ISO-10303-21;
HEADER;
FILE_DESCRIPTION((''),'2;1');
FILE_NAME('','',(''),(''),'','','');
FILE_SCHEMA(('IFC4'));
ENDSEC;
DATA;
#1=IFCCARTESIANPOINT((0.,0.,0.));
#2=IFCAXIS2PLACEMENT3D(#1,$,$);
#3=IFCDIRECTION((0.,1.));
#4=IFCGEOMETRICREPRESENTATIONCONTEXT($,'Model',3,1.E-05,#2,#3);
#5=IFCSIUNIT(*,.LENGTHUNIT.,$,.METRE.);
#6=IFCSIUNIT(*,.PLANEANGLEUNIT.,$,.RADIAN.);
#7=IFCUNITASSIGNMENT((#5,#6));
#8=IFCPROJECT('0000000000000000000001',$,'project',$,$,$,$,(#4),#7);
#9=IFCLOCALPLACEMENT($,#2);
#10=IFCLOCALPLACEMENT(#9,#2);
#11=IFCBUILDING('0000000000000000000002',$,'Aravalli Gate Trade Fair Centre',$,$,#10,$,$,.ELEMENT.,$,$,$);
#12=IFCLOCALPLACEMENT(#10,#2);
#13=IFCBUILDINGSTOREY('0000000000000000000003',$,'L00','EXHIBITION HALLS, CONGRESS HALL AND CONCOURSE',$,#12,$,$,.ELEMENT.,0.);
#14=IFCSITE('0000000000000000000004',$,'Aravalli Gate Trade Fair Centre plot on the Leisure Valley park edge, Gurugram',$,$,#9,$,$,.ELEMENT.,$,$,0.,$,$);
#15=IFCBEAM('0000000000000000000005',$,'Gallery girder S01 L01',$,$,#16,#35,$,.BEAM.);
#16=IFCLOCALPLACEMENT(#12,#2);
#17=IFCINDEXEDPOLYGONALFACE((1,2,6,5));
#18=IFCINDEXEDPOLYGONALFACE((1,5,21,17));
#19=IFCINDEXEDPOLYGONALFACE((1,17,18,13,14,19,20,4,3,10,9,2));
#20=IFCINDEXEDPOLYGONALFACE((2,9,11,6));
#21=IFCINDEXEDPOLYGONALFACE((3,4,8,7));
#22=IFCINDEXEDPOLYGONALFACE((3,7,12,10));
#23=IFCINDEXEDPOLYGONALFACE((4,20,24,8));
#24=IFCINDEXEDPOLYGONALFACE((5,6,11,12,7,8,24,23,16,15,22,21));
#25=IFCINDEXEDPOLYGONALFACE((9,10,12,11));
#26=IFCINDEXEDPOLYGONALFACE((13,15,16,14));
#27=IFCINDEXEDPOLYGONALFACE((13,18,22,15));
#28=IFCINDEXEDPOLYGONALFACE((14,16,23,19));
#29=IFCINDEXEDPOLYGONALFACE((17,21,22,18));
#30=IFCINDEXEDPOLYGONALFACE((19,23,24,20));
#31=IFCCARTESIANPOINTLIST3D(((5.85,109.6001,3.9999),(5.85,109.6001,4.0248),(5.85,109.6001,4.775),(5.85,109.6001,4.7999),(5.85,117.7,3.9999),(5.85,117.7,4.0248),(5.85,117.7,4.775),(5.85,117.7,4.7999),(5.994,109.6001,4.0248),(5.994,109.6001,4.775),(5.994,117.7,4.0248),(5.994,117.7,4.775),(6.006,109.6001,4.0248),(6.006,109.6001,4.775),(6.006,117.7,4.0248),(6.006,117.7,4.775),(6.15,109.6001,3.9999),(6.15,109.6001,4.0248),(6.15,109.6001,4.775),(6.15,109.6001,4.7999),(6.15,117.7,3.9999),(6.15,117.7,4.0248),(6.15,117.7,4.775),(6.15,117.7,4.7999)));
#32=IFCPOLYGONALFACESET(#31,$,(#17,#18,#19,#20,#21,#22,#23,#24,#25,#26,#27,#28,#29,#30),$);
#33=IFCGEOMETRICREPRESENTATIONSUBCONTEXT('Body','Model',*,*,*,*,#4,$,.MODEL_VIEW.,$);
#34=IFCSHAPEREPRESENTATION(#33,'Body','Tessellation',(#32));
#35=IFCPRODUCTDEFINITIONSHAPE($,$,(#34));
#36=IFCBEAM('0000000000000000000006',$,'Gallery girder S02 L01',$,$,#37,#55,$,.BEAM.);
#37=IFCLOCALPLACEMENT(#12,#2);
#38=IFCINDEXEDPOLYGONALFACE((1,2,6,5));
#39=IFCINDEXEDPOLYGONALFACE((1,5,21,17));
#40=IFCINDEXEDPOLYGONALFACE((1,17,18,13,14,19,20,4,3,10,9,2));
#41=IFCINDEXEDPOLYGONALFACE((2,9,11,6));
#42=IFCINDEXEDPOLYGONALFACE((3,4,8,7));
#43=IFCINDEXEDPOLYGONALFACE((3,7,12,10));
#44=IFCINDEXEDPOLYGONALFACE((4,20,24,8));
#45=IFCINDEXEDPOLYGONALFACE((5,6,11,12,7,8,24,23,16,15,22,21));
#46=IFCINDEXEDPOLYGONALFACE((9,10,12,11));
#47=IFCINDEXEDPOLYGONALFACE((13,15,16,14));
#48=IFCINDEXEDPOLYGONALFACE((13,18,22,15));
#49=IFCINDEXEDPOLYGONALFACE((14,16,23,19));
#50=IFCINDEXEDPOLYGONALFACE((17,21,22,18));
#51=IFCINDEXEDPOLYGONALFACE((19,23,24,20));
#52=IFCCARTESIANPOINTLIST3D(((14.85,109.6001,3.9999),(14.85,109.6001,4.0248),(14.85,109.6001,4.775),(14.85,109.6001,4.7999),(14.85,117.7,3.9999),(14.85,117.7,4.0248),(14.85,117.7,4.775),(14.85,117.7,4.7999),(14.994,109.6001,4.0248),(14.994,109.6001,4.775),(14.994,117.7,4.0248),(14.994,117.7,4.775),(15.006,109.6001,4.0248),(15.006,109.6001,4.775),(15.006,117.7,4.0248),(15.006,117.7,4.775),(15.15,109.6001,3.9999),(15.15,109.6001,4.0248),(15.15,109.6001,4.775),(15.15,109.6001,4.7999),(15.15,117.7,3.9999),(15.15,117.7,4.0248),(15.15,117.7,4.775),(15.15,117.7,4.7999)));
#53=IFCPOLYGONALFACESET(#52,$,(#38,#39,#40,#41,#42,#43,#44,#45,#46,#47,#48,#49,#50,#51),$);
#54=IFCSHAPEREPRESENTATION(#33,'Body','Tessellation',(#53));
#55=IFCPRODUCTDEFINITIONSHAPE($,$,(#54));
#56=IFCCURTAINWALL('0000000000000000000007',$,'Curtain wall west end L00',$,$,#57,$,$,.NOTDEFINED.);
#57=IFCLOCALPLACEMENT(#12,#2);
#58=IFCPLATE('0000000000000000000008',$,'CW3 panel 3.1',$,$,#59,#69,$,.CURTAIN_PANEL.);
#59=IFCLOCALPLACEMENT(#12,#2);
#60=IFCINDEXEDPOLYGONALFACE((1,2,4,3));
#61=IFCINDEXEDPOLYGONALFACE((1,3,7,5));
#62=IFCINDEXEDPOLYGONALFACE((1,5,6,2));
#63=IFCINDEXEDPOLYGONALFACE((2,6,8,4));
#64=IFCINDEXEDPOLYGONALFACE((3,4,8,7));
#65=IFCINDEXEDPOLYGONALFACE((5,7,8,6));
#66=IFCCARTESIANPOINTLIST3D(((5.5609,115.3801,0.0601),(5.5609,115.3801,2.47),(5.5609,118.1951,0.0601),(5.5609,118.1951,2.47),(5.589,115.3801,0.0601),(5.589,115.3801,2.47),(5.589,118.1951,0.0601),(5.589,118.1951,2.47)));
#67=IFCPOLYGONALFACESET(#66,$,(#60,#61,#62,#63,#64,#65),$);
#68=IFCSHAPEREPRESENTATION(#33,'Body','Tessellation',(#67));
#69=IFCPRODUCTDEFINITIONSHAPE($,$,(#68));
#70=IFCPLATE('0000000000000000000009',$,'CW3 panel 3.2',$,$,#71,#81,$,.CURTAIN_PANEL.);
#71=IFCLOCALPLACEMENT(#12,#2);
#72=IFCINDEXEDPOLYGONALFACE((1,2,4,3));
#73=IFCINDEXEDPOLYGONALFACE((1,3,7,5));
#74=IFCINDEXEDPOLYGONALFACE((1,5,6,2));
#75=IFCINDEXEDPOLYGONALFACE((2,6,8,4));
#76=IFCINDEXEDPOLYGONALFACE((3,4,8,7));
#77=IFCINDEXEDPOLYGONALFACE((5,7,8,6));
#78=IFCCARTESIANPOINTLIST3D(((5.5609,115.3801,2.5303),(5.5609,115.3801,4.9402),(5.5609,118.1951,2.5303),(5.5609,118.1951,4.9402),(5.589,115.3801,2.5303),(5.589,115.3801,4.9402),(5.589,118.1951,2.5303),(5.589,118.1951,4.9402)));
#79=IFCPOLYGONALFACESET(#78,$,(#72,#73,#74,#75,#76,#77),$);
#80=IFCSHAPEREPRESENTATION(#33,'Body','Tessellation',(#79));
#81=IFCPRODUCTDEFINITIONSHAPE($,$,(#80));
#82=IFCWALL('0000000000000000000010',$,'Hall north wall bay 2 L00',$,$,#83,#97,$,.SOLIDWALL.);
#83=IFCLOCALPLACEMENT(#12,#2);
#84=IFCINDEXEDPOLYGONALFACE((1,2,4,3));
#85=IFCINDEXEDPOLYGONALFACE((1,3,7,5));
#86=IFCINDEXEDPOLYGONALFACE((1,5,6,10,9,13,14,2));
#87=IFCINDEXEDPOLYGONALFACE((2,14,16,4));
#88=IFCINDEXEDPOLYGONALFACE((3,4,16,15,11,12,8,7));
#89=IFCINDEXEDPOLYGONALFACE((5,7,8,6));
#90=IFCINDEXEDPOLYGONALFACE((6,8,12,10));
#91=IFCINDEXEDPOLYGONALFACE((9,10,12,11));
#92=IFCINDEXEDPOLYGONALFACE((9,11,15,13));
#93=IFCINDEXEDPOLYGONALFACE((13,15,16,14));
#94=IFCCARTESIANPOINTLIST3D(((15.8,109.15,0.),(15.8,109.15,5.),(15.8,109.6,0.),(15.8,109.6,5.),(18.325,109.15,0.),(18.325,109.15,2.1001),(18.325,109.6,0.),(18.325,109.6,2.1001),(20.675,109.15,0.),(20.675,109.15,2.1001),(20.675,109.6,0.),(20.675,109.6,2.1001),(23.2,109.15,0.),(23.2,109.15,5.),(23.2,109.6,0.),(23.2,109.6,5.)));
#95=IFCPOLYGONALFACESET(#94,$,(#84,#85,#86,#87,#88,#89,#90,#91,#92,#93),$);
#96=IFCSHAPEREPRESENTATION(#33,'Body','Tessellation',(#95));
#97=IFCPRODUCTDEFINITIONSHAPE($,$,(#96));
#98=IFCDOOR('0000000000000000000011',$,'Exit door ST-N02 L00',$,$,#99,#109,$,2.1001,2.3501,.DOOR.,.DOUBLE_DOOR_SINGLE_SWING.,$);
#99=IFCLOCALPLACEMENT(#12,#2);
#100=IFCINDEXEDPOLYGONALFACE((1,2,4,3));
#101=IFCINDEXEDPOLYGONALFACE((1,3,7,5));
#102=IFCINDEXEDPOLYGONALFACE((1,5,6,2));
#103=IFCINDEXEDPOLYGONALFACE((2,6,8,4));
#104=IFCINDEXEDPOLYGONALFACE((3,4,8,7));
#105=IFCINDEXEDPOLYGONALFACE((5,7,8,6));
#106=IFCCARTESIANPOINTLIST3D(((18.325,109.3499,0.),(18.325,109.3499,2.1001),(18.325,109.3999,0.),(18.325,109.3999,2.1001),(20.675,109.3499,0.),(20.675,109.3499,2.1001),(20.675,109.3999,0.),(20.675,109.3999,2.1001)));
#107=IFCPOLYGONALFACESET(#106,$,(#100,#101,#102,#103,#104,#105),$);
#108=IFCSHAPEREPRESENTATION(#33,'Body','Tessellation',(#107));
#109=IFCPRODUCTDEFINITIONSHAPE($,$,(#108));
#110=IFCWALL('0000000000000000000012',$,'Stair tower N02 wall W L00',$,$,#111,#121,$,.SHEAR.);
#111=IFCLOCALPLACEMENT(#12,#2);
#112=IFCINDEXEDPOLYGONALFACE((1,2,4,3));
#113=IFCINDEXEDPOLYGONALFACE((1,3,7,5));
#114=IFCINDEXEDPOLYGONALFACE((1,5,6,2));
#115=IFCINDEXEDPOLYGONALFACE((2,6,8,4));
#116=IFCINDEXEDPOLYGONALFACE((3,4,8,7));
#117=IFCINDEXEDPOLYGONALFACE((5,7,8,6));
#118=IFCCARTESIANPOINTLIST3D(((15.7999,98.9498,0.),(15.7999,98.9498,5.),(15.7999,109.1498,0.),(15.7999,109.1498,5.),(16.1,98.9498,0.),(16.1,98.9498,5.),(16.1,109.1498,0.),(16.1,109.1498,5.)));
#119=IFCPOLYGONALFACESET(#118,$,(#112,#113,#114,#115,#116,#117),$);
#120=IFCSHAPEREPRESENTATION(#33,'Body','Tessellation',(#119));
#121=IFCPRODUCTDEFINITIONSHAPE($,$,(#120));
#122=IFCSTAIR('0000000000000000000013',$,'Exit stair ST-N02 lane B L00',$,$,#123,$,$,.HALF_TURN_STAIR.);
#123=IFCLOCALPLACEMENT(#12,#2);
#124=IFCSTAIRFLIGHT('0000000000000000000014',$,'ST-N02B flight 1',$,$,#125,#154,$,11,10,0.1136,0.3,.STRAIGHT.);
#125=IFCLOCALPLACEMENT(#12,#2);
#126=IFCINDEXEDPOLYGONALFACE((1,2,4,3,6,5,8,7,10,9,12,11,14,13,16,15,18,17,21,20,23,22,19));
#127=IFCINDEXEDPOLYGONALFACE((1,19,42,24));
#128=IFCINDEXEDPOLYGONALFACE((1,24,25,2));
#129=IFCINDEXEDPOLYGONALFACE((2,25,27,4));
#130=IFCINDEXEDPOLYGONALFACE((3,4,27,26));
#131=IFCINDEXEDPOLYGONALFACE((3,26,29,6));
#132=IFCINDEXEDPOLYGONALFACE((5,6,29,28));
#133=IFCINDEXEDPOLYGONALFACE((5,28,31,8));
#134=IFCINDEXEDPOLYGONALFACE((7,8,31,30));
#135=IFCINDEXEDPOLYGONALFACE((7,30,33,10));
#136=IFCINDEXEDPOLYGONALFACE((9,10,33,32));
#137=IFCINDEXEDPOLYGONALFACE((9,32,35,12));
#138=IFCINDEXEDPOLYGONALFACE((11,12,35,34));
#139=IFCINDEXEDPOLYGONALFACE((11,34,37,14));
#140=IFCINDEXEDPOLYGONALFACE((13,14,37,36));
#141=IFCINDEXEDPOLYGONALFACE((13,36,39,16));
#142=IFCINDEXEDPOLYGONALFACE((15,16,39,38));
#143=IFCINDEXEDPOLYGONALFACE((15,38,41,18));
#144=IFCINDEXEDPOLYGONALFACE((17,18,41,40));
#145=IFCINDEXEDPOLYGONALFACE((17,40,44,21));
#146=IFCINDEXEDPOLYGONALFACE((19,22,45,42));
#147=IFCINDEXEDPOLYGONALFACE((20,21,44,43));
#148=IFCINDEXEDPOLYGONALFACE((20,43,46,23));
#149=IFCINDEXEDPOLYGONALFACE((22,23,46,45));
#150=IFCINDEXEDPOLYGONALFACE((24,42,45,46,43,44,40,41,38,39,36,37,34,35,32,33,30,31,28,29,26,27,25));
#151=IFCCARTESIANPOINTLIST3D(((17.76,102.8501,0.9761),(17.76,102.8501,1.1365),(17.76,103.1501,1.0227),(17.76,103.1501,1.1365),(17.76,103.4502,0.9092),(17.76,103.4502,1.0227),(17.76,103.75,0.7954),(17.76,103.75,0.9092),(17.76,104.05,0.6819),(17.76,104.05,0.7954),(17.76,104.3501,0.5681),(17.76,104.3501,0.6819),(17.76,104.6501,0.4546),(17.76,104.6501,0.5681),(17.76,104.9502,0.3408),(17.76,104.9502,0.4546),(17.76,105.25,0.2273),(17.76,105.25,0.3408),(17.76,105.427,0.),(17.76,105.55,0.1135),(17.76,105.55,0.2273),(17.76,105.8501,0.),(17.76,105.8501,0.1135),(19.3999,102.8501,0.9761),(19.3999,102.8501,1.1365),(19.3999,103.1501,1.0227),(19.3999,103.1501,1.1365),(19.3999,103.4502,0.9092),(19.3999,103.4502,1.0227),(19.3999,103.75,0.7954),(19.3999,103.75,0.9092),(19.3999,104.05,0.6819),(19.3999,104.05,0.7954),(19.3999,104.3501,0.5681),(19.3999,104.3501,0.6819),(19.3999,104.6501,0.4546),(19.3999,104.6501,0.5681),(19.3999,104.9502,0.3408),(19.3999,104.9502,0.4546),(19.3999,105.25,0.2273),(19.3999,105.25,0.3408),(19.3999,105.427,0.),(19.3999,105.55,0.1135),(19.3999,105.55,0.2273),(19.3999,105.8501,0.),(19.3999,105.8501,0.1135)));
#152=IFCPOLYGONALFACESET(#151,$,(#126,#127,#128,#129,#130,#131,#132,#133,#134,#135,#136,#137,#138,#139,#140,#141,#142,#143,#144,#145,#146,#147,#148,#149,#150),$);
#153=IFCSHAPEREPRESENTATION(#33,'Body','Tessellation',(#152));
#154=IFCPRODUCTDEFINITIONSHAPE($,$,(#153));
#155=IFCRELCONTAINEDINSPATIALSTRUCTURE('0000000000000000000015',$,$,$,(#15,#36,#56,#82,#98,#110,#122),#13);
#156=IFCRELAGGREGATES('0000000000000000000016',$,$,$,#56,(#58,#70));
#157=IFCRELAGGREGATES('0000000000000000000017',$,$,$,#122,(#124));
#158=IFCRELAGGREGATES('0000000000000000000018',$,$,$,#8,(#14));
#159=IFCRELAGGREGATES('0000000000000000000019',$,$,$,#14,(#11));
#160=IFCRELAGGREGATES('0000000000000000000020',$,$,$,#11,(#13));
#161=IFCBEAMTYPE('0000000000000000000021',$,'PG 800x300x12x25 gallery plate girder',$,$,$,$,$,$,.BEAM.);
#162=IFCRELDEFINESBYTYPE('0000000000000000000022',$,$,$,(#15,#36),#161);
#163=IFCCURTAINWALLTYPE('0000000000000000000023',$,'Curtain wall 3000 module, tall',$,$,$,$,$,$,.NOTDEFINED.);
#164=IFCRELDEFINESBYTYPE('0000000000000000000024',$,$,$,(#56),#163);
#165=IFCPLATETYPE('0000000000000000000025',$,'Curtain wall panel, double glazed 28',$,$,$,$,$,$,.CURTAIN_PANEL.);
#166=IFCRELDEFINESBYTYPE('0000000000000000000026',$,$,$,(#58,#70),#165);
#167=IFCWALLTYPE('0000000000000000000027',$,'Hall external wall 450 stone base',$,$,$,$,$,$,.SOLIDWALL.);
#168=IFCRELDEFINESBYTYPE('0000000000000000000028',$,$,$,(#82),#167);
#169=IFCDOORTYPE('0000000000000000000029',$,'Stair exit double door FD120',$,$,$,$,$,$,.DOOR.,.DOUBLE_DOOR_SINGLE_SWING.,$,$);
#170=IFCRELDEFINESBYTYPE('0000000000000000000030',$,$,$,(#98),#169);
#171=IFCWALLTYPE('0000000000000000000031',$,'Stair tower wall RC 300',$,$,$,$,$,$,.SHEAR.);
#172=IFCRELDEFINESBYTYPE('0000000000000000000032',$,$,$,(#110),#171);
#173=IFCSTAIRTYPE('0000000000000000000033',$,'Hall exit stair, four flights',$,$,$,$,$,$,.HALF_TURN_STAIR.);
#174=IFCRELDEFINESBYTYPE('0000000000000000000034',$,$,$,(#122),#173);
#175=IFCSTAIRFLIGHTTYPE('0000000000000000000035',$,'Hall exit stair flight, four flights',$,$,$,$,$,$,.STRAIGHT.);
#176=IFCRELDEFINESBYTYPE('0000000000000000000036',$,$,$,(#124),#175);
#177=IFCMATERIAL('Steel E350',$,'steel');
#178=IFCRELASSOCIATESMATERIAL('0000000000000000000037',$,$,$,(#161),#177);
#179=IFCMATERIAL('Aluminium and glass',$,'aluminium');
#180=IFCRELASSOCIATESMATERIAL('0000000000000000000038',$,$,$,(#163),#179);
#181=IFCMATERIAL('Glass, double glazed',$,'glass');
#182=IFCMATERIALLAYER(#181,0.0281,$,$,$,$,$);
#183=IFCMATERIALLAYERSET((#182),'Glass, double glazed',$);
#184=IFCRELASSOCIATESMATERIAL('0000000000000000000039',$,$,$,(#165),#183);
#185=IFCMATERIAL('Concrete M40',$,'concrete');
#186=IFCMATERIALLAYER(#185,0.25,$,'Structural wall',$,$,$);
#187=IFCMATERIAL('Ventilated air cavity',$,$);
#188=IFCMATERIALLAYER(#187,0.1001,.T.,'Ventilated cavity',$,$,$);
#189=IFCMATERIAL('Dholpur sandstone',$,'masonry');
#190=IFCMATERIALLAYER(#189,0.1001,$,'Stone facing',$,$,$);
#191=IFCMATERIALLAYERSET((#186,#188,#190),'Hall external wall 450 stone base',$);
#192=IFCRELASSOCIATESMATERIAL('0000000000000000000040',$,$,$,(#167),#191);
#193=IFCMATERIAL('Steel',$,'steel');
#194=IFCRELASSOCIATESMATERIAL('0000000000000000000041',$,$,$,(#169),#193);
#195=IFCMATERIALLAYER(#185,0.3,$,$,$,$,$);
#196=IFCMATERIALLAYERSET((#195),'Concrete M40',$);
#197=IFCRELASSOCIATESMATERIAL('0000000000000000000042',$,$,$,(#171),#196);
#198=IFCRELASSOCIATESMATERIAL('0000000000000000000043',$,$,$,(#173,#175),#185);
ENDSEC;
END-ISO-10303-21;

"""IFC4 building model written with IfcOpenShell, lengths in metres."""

from ifc_helpers import new_model, si_unit, direction, frame, frame_2d, origin, origin_2d, place, context, subcontext, project, spatial, polyline, rectangle, i_section, outline, extrude, material, layer, layer_set, material_profile, profile_set, type_object, element, fill, aggregate, save


model = new_model("IFC4")

# Units and contexts
model_context = context("Model", 3, precision=1e-05, world=origin(), true_north=direction((0.0, 1.0)))
body_context = subcontext(model_context, "Body", "Model", "MODEL_VIEW")
ifc_project = project(units=[si_unit("LENGTHUNIT", "METRE"), si_unit("PLANEANGLEUNIT", "RADIAN")], contexts=[model_context])

# Site, building, storey
site_placement = place(None, origin())
site = spatial("IfcSite", under=ifc_project, at=site_placement, Name="Aravalli Gate Trade Fair Centre plot on the Leisure Valley park edge, Gurugram", CompositionType="ELEMENT", RefElevation=0.0)
building_placement = place(site_placement, origin())
building = spatial("IfcBuilding", under=site, at=building_placement, Name="Aravalli Gate Trade Fair Centre", CompositionType="ELEMENT")
storey_placement = place(building_placement, origin())
storey = spatial("IfcBuildingStorey", under=building, at=storey_placement, Name="L00", Description="EXHIBITION HALLS, CONGRESS HALL AND CONCOURSE", CompositionType="ELEMENT", Elevation=0.0)

# Beams
ifc_material_1 = material(Name="Steel E350", Category="steel")
ifc_material_profile_1 = material_profile(ifc_material_1, i_section(OverallWidth=0.3, OverallDepth=0.8, WebThickness=0.012, FlangeThickness=0.0249, at=origin_2d()), Name="PG 800x300x12x25")
ifc_profile_set_1 = profile_set([ifc_material_profile_1], Name="Steel E350")
beam_type_1 = type_object("IfcBeamType", Name="PG 800x300x12x25 gallery plate girder", PredefinedType="BEAM", material=ifc_profile_set_1)
for number, where, z_axis, x_axis, name in (
    (1, (6.0, 109.6001, 4.3999), (0.0, 1.0, 0.0), (-1.0, 0.0, 0.0), "Gallery girder S01 L01"),
    (2, (15.0, 109.6001, 4.3999), (0.0, 1.0, 0.0), (-1.0, 0.0, 0.0), "Gallery girder S02 L01"),
):
    element("IfcBeam", number, at=place(storey_placement, frame(where, z_axis=z_axis, x_axis=x_axis)), inside=storey, type_object=beam_type_1, Name=name, PredefinedType="BEAM", context=body_context, shape_type="SweptSolid", body=[
        extrude(i_section(OverallWidth=0.3, OverallDepth=0.8, WebThickness=0.012, FlangeThickness=0.0249, at=origin_2d()), origin(), (0.0, 0.0, 1.0), 8.0999),
    ])

# Curtain wall, plates
ifc_material_2 = material(Name="Aluminium and glass", Category="aluminium")
curtain_wall_type = type_object("IfcCurtainWallType", Name="Curtain wall 3000 module, tall", PredefinedType="NOTDEFINED", material=ifc_material_2)
curtain_wall_placement = place(storey_placement, origin())
curtain_wall = element("IfcCurtainWall", 3, at=curtain_wall_placement, inside=storey, type_object=curtain_wall_type, Name="Curtain wall west end L00", PredefinedType="NOTDEFINED")
ifc_material_3 = material(Name="Glass, double glazed", Category="glass")
ifc_layer_1 = layer(ifc_material_3, 0.0281)
ifc_layer_set_1 = layer_set([ifc_layer_1], Name="Glass, double glazed")
plate_type = type_object("IfcPlateType", Name="Curtain wall panel, double glazed 28", PredefinedType="CURTAIN_PANEL", material=ifc_layer_set_1)
plate_1_placement = place(storey_placement, frame((5.575, 116.7876, 0.0601), z_axis=(0.0, 0.0, 1.0), x_axis=(0.0, 1.0, 0.0)))
plate_1 = element("IfcPlate", 4, at=plate_1_placement, type_object=plate_type, Name="CW3 panel 3.1", PredefinedType="CURTAIN_PANEL", context=body_context, shape_type="SweptSolid", body=[
    extrude(rectangle(XDim=2.8149, YDim=0.0281, at=origin_2d()), origin(), (0.0, 0.0, 1.0), 2.4099),
])
plate_2_placement = place(storey_placement, frame((5.575, 116.7876, 2.5303), z_axis=(0.0, 0.0, 1.0), x_axis=(0.0, 1.0, 0.0)))
plate_2 = element("IfcPlate", 5, at=plate_2_placement, type_object=plate_type, Name="CW3 panel 3.2", PredefinedType="CURTAIN_PANEL", context=body_context, shape_type="SweptSolid", body=[
    extrude(rectangle(XDim=2.8149, YDim=0.0281, at=origin_2d()), origin(), (0.0, 0.0, 1.0), 2.4099),
])
aggregate(curtain_wall, [plate_1, plate_2])

# Shared definitions
ifc_material_4 = material(Name="Concrete M40", Category="concrete")
ifc_layer_2 = layer(ifc_material_4, 0.25, Name="Structural wall")
ifc_material_5 = material(Name="Ventilated air cavity")
ifc_layer_3 = layer(ifc_material_5, 0.1001, ventilated=True, Name="Ventilated cavity")
ifc_material_6 = material(Name="Dholpur sandstone", Category="masonry")
ifc_layer_4 = layer(ifc_material_6, 0.1001, Name="Stone facing")
ifc_layer_set_2 = layer_set([ifc_layer_2, ifc_layer_3, ifc_layer_4], Name="Hall external wall 450 stone base")
wall_type_1 = type_object("IfcWallType", Name="Hall external wall 450 stone base", PredefinedType="SOLIDWALL", material=ifc_layer_set_2)
ifc_material_7 = material(Name="Steel", Category="steel")

# Wall, opening, door
wall_1_placement = place(storey_placement, frame((15.8, 109.375, 0.0), z_axis=(0.0, 0.0, 1.0), x_axis=(1.0, 0.0, 0.0)))
wall_1 = element("IfcWall", 6, at=wall_1_placement, inside=storey, type_object=wall_type_1, Name="Hall north wall bay 2 L00", PredefinedType="SOLIDWALL", context=body_context, shape_type="SweptSolid", body=[
    extrude(rectangle(XDim=7.3999, YDim=0.45, at=frame_2d((3.7, 0.0))), origin(), (0.0, 0.0, 1.0), 5.0),
])
opening_1_placement = place(wall_1_placement, frame((2.5249, 0.0, 0.0)))
opening_1 = element("IfcOpeningElement", 7, at=opening_1_placement, cuts=wall_1, PredefinedType="OPENING", context=body_context, shape_type="SweptSolid", body=[
    extrude(rectangle(XDim=2.3501, YDim=2.1001, at=frame_2d((1.175, 1.05))), frame((0.0, 0.2349, 0.0), z_axis=(0.0, -1.0, 0.0), x_axis=(1.0, 0.0, 0.0)), (0.0, 0.0, 1.0), 0.47),
])
door_type_1 = type_object("IfcDoorType", Name="Stair exit double door FD120", OperationType="DOUBLE_DOOR_SINGLE_SWING", PredefinedType="DOOR", material=ifc_material_7)
door_1_placement = place(opening_1_placement, origin())
door_1 = element("IfcDoor", 8, at=door_1_placement, inside=storey, type_object=door_type_1, Name="Exit door ST-N02 L00", OperationType="DOUBLE_DOOR_SINGLE_SWING", OverallHeight=2.1001, OverallWidth=2.3501, PredefinedType="DOOR", context=body_context, shape_type="SweptSolid", body=[
    extrude(rectangle(XDim=2.3501, YDim=2.1001, at=frame_2d((1.175, 1.05))), frame((0.0, 0.0249, 0.0), z_axis=(0.0, -1.0, 0.0), x_axis=(1.0, 0.0, 0.0)), (0.0, 0.0, 1.0), 0.05),
])
fill(opening_1, door_1)

# Wall
ifc_layer_5 = layer(ifc_material_4, 0.3)
ifc_layer_set_3 = layer_set([ifc_layer_5], Name="Concrete M40")
wall_type_2 = type_object("IfcWallType", Name="Stair tower wall RC 300", PredefinedType="SHEAR", material=ifc_layer_set_3)
wall_2_placement = place(storey_placement, frame((15.95, 109.1499, 0.0), z_axis=(0.0, 0.0, 1.0), x_axis=(0.0, -1.0, 0.0)))
element("IfcWall", 9, at=wall_2_placement, inside=storey, type_object=wall_type_2, Name="Stair tower N02 wall W L00", PredefinedType="SHEAR", context=body_context, shape_type="SweptSolid", body=[
    extrude(rectangle(XDim=10.2, YDim=0.3, at=frame_2d((5.1001, 0.0))), origin(), (0.0, 0.0, 1.0), 5.0),
])

# Stair, stair flight
stair_type = type_object("IfcStairType", Name="Hall exit stair, four flights", PredefinedType="HALF_TURN_STAIR", material=ifc_material_4)
stair_placement = place(storey_placement, origin())
stair = element("IfcStair", 10, at=stair_placement, inside=storey, type_object=stair_type, Name="Exit stair ST-N02 lane B L00", PredefinedType="HALF_TURN_STAIR")
stair_flight_type = type_object("IfcStairFlightType", Name="Hall exit stair flight, four flights", PredefinedType="STRAIGHT", material=ifc_material_4)
stair_flight_1_placement = place(storey_placement, frame((18.5801, 105.8501, 0.0), z_axis=(0.0, 0.0, 1.0), x_axis=(0.0, -1.0, 0.0)))
stair_flight_1 = element("IfcStairFlight", 11, at=stair_flight_1_placement, type_object=stair_flight_type, Name="ST-N02B flight 1", NumberOfRisers=11, NumberOfTreads=10, PredefinedType="STRAIGHT", RiserHeight=0.1136, TreadLength=0.3, context=body_context, shape_type="SweptSolid", body=[
    extrude(outline(polyline([(0.0, 0.0), (0.0, 0.1135), (0.3, 0.1135), (0.3, 0.2273), (0.6001, 0.2273), (0.6001, 0.3408), (0.8999, 0.3408), (0.8999, 0.4546), (1.2, 0.4546), (1.2, 0.5681), (1.5, 0.5681), (1.5, 0.6819), (1.8, 0.6819), (1.8, 0.7954), (2.1001, 0.7954), (2.1001, 0.9092), (2.3999, 0.9092), (2.3999, 1.0227), (2.7, 1.0227), (2.7, 1.1365), (3.0, 1.1365), (3.0, 1.25), (3.0, 0.9761), (0.4231, 0.0), (0.0, 0.0)])), frame((0.0, 0.8198, 0.0), z_axis=(0.0, -1.0, 0.0), x_axis=(1.0, 0.0, 0.0)), (0.0, 0.0, 1.0), 1.6399),
])
aggregate(stair, [stair_flight_1])

save(model, "model.ifc")
